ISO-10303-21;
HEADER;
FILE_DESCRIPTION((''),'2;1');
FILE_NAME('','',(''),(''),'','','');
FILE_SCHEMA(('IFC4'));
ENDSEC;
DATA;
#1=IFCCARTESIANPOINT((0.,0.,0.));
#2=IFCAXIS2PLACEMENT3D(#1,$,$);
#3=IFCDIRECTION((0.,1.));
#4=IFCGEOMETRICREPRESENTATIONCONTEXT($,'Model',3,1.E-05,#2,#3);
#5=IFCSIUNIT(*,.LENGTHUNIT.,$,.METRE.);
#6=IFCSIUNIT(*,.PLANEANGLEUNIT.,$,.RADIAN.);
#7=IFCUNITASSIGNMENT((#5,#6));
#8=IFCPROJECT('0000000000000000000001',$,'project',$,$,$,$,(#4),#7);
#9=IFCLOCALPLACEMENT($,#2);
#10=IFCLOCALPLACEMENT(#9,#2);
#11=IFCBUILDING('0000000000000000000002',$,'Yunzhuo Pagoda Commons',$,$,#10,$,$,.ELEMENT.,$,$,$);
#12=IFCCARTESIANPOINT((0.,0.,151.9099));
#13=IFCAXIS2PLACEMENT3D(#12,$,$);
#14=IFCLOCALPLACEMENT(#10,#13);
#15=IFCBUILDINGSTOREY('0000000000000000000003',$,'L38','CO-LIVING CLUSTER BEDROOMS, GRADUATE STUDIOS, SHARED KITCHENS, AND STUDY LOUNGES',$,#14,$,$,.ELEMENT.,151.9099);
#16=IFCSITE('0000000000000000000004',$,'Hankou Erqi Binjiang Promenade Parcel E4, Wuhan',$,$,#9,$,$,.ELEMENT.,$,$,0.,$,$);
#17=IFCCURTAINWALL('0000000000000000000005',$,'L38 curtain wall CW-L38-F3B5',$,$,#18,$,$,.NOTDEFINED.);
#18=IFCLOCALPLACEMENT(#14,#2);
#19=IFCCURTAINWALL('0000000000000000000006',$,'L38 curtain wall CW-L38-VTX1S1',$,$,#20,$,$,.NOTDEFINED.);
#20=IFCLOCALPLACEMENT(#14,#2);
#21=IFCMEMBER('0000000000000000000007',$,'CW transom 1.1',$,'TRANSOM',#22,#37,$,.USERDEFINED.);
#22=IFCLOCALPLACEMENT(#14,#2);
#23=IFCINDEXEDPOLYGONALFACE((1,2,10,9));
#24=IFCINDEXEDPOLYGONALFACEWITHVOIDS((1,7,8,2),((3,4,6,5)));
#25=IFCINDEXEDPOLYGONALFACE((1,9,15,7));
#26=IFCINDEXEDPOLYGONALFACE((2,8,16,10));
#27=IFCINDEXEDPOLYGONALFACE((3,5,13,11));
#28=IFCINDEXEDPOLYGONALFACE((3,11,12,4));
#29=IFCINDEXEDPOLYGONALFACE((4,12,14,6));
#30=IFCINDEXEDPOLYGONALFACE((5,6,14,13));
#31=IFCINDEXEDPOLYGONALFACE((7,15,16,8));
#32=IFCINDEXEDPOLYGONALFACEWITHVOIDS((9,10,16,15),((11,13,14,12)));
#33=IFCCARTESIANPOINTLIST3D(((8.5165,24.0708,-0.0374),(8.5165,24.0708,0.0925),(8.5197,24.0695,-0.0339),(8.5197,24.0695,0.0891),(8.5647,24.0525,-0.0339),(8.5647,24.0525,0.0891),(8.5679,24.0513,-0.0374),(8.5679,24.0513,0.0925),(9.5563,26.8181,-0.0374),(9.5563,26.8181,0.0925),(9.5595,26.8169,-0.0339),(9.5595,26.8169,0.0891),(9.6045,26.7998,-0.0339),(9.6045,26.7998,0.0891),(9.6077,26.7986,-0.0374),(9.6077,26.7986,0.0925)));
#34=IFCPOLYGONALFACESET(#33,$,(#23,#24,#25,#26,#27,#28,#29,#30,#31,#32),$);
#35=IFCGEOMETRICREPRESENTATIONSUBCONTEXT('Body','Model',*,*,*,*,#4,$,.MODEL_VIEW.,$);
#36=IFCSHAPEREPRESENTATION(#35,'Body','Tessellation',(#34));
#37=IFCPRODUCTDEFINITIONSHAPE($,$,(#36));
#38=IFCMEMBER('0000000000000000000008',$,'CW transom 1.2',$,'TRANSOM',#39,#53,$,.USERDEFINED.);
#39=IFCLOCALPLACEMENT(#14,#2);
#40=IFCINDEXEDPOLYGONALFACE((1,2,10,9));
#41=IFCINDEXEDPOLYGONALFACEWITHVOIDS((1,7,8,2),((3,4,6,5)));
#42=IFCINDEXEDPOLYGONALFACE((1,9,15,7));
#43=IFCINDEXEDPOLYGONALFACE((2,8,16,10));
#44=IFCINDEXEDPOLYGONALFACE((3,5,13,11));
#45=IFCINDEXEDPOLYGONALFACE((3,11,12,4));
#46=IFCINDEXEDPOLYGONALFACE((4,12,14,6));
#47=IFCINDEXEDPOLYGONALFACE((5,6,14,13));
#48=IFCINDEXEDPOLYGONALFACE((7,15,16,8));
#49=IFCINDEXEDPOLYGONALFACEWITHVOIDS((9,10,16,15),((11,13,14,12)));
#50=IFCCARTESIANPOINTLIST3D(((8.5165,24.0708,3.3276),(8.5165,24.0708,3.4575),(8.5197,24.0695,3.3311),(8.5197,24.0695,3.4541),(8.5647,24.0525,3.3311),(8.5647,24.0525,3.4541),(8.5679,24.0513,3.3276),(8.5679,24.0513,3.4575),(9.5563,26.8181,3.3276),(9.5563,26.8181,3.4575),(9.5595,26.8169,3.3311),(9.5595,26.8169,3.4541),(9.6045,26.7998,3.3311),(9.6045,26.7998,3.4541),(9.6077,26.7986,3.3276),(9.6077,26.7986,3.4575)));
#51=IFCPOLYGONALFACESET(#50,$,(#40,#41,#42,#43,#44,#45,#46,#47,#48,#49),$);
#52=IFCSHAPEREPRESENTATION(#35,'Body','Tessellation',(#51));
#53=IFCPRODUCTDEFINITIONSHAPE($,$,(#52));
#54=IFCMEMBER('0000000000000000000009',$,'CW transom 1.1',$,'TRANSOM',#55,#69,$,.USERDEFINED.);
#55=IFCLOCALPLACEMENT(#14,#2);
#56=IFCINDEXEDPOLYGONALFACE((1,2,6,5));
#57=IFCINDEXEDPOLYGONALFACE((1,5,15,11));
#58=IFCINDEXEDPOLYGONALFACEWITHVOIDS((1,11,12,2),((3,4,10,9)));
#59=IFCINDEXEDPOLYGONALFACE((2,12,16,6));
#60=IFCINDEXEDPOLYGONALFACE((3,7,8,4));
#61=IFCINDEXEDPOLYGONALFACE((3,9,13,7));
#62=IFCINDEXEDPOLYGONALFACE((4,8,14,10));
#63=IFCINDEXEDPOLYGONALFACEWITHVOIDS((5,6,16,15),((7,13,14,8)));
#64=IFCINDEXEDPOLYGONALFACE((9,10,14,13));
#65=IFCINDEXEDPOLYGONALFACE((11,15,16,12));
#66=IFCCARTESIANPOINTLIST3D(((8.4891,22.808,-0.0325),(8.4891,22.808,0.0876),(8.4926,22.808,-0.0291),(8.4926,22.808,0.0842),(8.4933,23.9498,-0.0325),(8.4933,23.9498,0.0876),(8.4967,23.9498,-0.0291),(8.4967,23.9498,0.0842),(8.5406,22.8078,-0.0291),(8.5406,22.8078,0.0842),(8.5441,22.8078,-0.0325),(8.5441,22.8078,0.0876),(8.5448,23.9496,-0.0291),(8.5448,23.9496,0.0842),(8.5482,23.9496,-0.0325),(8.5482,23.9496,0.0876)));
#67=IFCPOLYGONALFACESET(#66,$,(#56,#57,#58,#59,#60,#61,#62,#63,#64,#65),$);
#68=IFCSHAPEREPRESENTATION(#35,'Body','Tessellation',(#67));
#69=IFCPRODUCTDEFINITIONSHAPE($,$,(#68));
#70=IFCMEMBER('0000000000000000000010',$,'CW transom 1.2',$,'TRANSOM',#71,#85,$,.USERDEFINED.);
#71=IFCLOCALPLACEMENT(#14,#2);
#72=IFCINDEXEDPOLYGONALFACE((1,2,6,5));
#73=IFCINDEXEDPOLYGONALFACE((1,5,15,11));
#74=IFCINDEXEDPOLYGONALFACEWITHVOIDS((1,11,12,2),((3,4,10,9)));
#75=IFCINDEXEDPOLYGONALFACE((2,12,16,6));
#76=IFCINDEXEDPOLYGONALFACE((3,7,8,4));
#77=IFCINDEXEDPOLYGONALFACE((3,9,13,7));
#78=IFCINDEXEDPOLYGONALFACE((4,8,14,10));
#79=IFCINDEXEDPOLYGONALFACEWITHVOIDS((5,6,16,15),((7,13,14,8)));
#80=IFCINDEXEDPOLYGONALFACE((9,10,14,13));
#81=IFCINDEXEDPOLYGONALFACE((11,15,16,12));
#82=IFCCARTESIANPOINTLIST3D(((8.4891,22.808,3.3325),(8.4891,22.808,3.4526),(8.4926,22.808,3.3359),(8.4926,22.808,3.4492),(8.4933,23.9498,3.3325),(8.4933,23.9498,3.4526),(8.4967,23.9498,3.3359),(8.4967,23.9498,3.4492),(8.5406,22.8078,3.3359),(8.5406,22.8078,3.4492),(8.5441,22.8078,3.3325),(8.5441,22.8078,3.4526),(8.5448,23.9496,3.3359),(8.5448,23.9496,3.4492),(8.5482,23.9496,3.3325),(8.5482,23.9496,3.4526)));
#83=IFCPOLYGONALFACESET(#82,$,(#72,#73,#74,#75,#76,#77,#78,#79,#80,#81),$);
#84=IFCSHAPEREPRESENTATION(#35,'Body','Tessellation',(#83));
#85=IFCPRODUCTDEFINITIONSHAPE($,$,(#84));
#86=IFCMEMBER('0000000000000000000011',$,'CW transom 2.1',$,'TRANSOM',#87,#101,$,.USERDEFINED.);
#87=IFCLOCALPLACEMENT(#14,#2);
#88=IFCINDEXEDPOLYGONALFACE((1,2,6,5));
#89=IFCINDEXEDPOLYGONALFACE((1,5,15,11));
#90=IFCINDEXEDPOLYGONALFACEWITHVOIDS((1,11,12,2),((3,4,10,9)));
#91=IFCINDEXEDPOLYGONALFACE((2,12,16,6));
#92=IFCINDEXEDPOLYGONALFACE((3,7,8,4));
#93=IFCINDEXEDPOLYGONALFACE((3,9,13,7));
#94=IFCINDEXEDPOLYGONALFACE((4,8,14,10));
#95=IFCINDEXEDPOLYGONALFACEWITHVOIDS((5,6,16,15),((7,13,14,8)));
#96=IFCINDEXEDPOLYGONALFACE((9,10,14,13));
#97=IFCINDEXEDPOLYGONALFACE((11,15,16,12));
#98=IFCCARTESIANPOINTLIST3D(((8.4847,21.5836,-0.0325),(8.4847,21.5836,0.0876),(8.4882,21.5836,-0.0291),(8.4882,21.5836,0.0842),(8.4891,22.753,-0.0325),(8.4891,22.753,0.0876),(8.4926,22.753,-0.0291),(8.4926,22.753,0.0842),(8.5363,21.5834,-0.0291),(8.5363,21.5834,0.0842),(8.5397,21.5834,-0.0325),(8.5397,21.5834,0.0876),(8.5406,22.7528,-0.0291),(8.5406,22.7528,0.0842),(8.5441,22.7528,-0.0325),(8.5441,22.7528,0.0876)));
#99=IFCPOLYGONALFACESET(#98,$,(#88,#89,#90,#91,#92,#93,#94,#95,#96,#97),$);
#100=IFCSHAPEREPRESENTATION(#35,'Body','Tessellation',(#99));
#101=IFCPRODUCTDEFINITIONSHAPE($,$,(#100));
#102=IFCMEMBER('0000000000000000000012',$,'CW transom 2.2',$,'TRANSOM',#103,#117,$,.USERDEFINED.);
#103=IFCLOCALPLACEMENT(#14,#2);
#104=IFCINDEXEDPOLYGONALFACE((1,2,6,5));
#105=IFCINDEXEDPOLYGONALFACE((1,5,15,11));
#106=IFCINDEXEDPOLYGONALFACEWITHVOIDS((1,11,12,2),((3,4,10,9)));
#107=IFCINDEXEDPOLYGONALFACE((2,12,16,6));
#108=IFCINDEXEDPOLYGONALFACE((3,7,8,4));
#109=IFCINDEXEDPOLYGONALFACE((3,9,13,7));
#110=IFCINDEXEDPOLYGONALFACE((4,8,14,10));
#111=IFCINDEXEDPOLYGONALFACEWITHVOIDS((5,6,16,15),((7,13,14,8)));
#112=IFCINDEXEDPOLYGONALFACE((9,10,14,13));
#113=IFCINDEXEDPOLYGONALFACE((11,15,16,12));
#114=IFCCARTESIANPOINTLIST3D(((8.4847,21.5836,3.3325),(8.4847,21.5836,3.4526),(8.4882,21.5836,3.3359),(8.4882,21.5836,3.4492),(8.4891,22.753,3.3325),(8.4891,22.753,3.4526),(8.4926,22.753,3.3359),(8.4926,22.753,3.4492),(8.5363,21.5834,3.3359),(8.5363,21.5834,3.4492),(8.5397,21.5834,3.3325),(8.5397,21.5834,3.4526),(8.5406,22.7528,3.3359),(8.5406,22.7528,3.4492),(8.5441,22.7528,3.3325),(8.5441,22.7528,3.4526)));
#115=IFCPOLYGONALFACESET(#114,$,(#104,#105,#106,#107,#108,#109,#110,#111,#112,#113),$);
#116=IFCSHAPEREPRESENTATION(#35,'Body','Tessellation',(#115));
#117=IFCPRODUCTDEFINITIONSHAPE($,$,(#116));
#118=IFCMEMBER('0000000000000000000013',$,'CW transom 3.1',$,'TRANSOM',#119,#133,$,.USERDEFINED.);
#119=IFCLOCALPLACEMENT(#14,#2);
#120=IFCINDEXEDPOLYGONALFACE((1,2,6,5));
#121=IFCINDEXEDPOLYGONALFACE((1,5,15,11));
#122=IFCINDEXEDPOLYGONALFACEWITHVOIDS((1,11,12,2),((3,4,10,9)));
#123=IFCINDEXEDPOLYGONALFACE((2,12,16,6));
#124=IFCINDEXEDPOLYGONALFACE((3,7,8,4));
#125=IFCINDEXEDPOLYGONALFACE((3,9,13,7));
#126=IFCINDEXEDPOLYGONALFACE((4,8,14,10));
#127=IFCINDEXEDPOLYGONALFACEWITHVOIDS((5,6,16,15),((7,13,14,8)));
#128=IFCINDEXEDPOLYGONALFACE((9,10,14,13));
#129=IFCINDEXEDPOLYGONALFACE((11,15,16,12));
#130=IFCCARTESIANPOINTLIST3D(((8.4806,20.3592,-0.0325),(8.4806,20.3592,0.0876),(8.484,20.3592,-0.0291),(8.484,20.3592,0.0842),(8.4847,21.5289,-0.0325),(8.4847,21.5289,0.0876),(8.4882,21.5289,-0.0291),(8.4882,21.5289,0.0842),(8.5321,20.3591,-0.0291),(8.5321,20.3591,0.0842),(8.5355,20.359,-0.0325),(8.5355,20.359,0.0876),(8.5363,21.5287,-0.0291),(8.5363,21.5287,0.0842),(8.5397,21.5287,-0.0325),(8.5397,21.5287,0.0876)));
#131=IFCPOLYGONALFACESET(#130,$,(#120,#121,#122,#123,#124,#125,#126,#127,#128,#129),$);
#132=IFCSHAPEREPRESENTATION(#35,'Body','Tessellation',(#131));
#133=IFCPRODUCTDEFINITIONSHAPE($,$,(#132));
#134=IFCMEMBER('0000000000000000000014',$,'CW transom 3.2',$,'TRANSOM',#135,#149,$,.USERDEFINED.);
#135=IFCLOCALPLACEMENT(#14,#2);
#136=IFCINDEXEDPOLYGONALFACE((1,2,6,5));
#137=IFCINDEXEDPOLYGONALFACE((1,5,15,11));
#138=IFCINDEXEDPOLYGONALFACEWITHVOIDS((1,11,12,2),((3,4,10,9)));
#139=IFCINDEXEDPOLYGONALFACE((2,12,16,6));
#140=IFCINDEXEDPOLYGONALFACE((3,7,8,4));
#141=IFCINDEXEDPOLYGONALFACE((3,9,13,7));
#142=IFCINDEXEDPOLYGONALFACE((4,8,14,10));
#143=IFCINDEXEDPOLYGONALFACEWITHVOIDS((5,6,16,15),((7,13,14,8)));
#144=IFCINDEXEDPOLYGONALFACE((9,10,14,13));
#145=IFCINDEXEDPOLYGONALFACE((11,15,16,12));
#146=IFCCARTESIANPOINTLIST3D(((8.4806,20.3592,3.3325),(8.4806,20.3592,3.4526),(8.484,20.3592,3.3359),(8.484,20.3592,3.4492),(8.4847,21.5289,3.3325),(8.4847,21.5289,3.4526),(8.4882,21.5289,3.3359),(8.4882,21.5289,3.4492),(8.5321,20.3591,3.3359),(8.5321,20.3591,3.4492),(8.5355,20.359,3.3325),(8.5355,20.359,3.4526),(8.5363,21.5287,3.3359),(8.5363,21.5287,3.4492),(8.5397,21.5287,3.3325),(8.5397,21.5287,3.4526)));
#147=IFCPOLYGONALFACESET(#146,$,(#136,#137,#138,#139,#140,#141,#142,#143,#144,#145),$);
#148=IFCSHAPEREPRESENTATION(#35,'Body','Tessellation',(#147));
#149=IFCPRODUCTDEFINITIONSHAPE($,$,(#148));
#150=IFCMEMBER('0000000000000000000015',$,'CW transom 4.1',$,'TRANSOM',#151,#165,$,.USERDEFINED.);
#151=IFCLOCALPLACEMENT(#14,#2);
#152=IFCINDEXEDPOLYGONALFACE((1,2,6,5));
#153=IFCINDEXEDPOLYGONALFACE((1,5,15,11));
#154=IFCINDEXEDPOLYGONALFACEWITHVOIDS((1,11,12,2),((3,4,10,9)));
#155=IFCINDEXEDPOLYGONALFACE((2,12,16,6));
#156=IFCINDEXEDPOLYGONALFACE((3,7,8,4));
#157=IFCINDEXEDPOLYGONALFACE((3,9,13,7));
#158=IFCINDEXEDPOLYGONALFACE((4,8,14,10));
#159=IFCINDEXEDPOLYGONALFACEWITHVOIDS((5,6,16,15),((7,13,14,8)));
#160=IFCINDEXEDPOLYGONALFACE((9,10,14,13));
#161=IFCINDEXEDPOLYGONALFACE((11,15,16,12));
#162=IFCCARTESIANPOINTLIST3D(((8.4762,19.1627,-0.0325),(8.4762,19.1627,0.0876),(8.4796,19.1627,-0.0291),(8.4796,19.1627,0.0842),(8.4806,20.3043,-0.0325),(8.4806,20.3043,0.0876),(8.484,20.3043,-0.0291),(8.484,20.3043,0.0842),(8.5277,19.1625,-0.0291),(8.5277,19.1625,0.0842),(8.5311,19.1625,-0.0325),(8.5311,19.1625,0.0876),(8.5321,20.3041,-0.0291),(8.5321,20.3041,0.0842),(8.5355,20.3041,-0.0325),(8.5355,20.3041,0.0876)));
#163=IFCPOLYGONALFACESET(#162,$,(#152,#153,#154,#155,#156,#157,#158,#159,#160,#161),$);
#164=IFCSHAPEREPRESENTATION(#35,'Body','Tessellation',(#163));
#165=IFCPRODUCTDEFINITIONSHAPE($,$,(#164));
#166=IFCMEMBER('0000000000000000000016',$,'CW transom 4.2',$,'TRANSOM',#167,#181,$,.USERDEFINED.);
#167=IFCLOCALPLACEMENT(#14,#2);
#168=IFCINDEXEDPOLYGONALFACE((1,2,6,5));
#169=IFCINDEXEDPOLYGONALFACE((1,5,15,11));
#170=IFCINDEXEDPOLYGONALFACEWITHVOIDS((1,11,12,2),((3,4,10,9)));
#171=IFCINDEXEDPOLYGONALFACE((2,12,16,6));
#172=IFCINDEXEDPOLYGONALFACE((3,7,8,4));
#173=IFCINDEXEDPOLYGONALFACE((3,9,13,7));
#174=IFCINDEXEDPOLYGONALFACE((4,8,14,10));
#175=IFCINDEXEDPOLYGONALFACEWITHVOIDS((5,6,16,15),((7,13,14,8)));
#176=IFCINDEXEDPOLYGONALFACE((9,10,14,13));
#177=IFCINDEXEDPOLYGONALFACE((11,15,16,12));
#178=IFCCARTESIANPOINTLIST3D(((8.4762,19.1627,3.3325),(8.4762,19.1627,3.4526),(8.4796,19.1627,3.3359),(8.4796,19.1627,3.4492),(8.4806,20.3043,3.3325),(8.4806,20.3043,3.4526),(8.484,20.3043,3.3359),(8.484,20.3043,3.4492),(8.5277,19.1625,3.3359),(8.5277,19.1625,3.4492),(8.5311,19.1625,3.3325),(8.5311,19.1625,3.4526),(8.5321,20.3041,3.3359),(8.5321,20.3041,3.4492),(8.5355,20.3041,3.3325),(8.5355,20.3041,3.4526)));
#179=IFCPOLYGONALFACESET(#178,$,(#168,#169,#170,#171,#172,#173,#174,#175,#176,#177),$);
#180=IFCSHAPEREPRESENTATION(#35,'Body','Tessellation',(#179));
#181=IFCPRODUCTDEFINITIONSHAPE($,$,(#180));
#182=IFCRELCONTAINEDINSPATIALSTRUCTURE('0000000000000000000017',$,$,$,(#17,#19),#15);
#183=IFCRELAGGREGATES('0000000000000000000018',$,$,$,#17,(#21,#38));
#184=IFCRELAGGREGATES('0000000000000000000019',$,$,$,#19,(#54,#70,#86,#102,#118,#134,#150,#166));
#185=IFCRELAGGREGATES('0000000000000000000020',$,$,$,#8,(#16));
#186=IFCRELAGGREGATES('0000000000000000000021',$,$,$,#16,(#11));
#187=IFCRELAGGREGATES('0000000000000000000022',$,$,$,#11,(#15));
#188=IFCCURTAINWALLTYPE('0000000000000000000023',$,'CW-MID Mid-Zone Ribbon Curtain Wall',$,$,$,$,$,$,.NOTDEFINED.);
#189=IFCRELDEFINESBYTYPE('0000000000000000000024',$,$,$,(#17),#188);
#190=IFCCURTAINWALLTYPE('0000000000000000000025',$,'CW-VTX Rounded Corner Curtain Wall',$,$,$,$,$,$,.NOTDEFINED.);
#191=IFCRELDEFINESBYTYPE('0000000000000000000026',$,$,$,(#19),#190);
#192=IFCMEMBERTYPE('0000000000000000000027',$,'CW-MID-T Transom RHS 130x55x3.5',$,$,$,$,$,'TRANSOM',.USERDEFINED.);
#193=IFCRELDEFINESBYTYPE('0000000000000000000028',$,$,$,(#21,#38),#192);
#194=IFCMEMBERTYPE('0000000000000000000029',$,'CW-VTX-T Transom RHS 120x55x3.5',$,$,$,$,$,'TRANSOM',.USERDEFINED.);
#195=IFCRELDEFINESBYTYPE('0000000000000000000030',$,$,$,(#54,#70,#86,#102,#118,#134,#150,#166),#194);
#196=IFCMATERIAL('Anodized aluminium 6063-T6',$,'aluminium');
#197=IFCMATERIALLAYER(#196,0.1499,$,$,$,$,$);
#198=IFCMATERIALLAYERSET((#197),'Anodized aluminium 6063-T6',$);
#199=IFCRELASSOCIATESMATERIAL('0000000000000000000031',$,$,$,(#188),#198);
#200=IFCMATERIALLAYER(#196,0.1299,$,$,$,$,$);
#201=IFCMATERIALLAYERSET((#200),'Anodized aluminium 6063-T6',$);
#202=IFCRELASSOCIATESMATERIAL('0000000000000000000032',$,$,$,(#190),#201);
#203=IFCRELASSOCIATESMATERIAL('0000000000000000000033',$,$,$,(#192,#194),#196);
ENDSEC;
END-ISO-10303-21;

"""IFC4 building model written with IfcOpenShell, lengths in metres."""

from ifc_helpers import new_model, si_unit, direction, frame, origin, origin_2d, place, context, subcontext, project, spatial, hollow_rectangle, extrude, source, transform, mapped, material, layer, layer_set, material_profile, profile_set, type_object, element, aggregate, save


model = new_model("IFC4")

# Units and contexts
model_context = context("Model", 3, precision=1e-05, world=origin(), true_north=direction((0.0, 1.0)))
body_context = subcontext(model_context, "Body", "Model", "MODEL_VIEW")
ifc_project = project(units=[si_unit("LENGTHUNIT", "METRE"), si_unit("PLANEANGLEUNIT", "RADIAN")], contexts=[model_context])

# Site, building, storey
site_placement = place(None, origin())
site = spatial("IfcSite", under=ifc_project, at=site_placement, Name="Hankou Erqi Binjiang Promenade Parcel E4, Wuhan", CompositionType="ELEMENT", RefElevation=0.0)
building_placement = place(site_placement, origin())
building = spatial("IfcBuilding", under=site, at=building_placement, Name="Yunzhuo Pagoda Commons", CompositionType="ELEMENT")
storey_placement = place(building_placement, frame((0.0, 0.0, 151.9099)))
storey = spatial("IfcBuildingStorey", under=building, at=storey_placement, Name="L38", Description="CO-LIVING CLUSTER BEDROOMS, GRADUATE STUDIOS, SHARED KITCHENS, AND STUDY LOUNGES", CompositionType="ELEMENT", Elevation=151.9099)

# Shared definitions
ifc_material_1 = material(Name="Anodized aluminium 6063-T6", Category="aluminium")
ifc_layer_1 = layer(ifc_material_1, 0.1499)
ifc_layer_set_1 = layer_set([ifc_layer_1], Name="Anodized aluminium 6063-T6")
curtain_wall_type_1 = type_object("IfcCurtainWallType", Name="CW-MID Mid-Zone Ribbon Curtain Wall", PredefinedType="NOTDEFINED", material=ifc_layer_set_1)

# Curtain walls
curtain_wall_1_placement = place(storey_placement, origin())
curtain_wall_1 = element("IfcCurtainWall", 1, at=curtain_wall_1_placement, inside=storey, type_object=curtain_wall_type_1, Name="L38 curtain wall CW-L38-F3B5", PredefinedType="NOTDEFINED")
ifc_layer_2 = layer(ifc_material_1, 0.1299)
ifc_layer_set_2 = layer_set([ifc_layer_2], Name="Anodized aluminium 6063-T6")
curtain_wall_type_2 = type_object("IfcCurtainWallType", Name="CW-VTX Rounded Corner Curtain Wall", PredefinedType="NOTDEFINED", material=ifc_layer_set_2)
curtain_wall_2_placement = place(storey_placement, origin())
curtain_wall_2 = element("IfcCurtainWall", 2, at=curtain_wall_2_placement, inside=storey, type_object=curtain_wall_type_2, Name="L38 curtain wall CW-L38-VTX1S1", PredefinedType="NOTDEFINED")

# Members
ifc_material_profile_1 = material_profile(ifc_material_1, hollow_rectangle(XDim=0.0549, YDim=0.1299, WallThickness=0.0034, at=origin_2d()), Name="Anodized aluminium 6063-T6")
ifc_profile_set_1 = profile_set([ifc_material_profile_1], Name="Anodized aluminium 6063-T6")
member_type_1 = type_object("IfcMemberType", Name="CW-MID-T Transom RHS 130x55x3.5", ElementType="TRANSOM", PredefinedType="USERDEFINED", material=ifc_profile_set_1)
shared_shape_1 = source(origin(), body_context, "Body", "SweptSolid", [
    extrude(hollow_rectangle(XDim=0.0549, YDim=0.1299, WallThickness=0.0034, at=origin_2d()), origin(), (0.0, 0.0, 1.0), 2.9375),
])
member_1_placement = place(storey_placement, frame((9.582, 26.8083, 0.0276), z_axis=(-0.353973, -0.935256, 0.0), x_axis=(0.935256, -0.353973, 0.0)))
member_1 = element("IfcMember", 3, at=member_1_placement, type_object=member_type_1, Name="CW transom 1.1", ObjectType="TRANSOM", PredefinedType="USERDEFINED", context=body_context, shape_type="MappedRepresentation", body=[
    mapped(shared_shape_1, transform((0.0, 0.0, 0.0), scale=1.0)),
])
member_2_placement = place(storey_placement, frame((9.582, 26.8083, 3.3926), z_axis=(-0.353973, -0.935256, 0.0), x_axis=(0.935256, -0.353973, 0.0)))
member_2 = element("IfcMember", 4, at=member_2_placement, type_object=member_type_1, Name="CW transom 1.2", ObjectType="TRANSOM", PredefinedType="USERDEFINED", context=body_context, shape_type="MappedRepresentation", body=[
    mapped(shared_shape_1, transform((0.0, 0.0, 0.0), scale=1.0)),
])
ifc_material_profile_2 = material_profile(ifc_material_1, hollow_rectangle(XDim=0.0549, YDim=0.1201, WallThickness=0.0034, at=origin_2d()), Name="Anodized aluminium 6063-T6")
ifc_profile_set_2 = profile_set([ifc_material_profile_2], Name="Anodized aluminium 6063-T6")
member_type_2 = type_object("IfcMemberType", Name="CW-VTX-T Transom RHS 120x55x3.5", ElementType="TRANSOM", PredefinedType="USERDEFINED", material=ifc_profile_set_2)
shared_shape_2 = source(origin(), body_context, "Body", "SweptSolid", [
    extrude(hollow_rectangle(XDim=0.0549, YDim=0.1201, WallThickness=0.0034, at=origin_2d()), origin(), (0.0, 0.0, 1.0), 1.1418),
])
member_3_placement = place(storey_placement, frame((8.5208, 23.9497, 0.0276), z_axis=(-0.003635, -0.999993, 0.0), x_axis=(0.999993, -0.003635, 0.0)))
member_3 = element("IfcMember", 5, at=member_3_placement, type_object=member_type_2, Name="CW transom 1.1", ObjectType="TRANSOM", PredefinedType="USERDEFINED", context=body_context, shape_type="MappedRepresentation", body=[
    mapped(shared_shape_2, transform((0.0, 0.0, 0.0), scale=1.0)),
])
member_4_placement = place(storey_placement, frame((8.5208, 23.9497, 3.3926), z_axis=(-0.003635, -0.999993, 0.0), x_axis=(0.999993, -0.003635, 0.0)))
member_4 = element("IfcMember", 6, at=member_4_placement, type_object=member_type_2, Name="CW transom 1.2", ObjectType="TRANSOM", PredefinedType="USERDEFINED", context=body_context, shape_type="MappedRepresentation", body=[
    mapped(shared_shape_2, transform((0.0, 0.0, 0.0), scale=1.0)),
])
shared_shape_3 = source(origin(), body_context, "Body", "SweptSolid", [
    extrude(hollow_rectangle(XDim=0.0549, YDim=0.1201, WallThickness=0.0034, at=origin_2d()), origin(), (0.0, 0.0, 1.0), 1.1694),
])
member_5_placement = place(storey_placement, frame((8.5166, 22.7529, 0.0276), z_axis=(-0.003758, -0.999993, 0.0), x_axis=(0.999993, -0.003758, 0.0)))
member_5 = element("IfcMember", 7, at=member_5_placement, type_object=member_type_2, Name="CW transom 2.1", ObjectType="TRANSOM", PredefinedType="USERDEFINED", context=body_context, shape_type="MappedRepresentation", body=[
    mapped(shared_shape_3, transform((0.0, 0.0, 0.0), scale=1.0)),
])
member_6_placement = place(storey_placement, frame((8.5166, 22.7529, 3.3926), z_axis=(-0.003758, -0.999993, 0.0), x_axis=(0.999993, -0.003758, 0.0)))
member_6 = element("IfcMember", 8, at=member_6_placement, type_object=member_type_2, Name="CW transom 2.2", ObjectType="TRANSOM", PredefinedType="USERDEFINED", context=body_context, shape_type="MappedRepresentation", body=[
    mapped(shared_shape_3, transform((0.0, 0.0, 0.0), scale=1.0)),
])
shared_shape_4 = source(origin(), body_context, "Body", "SweptSolid", [
    extrude(hollow_rectangle(XDim=0.0549, YDim=0.1201, WallThickness=0.0034, at=origin_2d()), origin(), (0.0, 0.0, 1.0), 1.1697),
])
member_7_placement = place(storey_placement, frame((8.5122, 21.5288, 0.0276), z_axis=(-0.003548, -0.999994, 0.0), x_axis=(0.999994, -0.003548, 0.0)))
member_7 = element("IfcMember", 9, at=member_7_placement, type_object=member_type_2, Name="CW transom 3.1", ObjectType="TRANSOM", PredefinedType="USERDEFINED", context=body_context, shape_type="MappedRepresentation", body=[
    mapped(shared_shape_4, transform((0.0, 0.0, 0.0), scale=1.0)),
])
member_8_placement = place(storey_placement, frame((8.5122, 21.5288, 3.3926), z_axis=(-0.003548, -0.999994, 0.0), x_axis=(0.999994, -0.003548, 0.0)))
member_8 = element("IfcMember", 10, at=member_8_placement, type_object=member_type_2, Name="CW transom 3.2", ObjectType="TRANSOM", PredefinedType="USERDEFINED", context=body_context, shape_type="MappedRepresentation", body=[
    mapped(shared_shape_4, transform((0.0, 0.0, 0.0), scale=1.0)),
])
shared_shape_5 = source(origin(), body_context, "Body", "SweptSolid", [
    extrude(hollow_rectangle(XDim=0.0549, YDim=0.1201, WallThickness=0.0034, at=origin_2d()), origin(), (0.0, 0.0, 1.0), 1.1416),
])
member_9_placement = place(storey_placement, frame((8.5081, 20.3042, 0.0276), z_axis=(-0.003849, -0.999993, 0.0), x_axis=(0.999993, -0.003849, 0.0)))
member_9 = element("IfcMember", 11, at=member_9_placement, type_object=member_type_2, Name="CW transom 4.1", ObjectType="TRANSOM", PredefinedType="USERDEFINED", context=body_context, shape_type="MappedRepresentation", body=[
    mapped(shared_shape_5, transform((0.0, 0.0, 0.0), scale=1.0)),
])
member_10_placement = place(storey_placement, frame((8.5081, 20.3042, 3.3926), z_axis=(-0.003849, -0.999993, 0.0), x_axis=(0.999993, -0.003849, 0.0)))
member_10 = element("IfcMember", 12, at=member_10_placement, type_object=member_type_2, Name="CW transom 4.2", ObjectType="TRANSOM", PredefinedType="USERDEFINED", context=body_context, shape_type="MappedRepresentation", body=[
    mapped(shared_shape_5, transform((0.0, 0.0, 0.0), scale=1.0)),
])

aggregate(curtain_wall_1, [member_1, member_2])
aggregate(curtain_wall_2, [member_3, member_4, member_5, member_6, member_7, member_8, member_9, member_10])

save(model, "model.ifc")
